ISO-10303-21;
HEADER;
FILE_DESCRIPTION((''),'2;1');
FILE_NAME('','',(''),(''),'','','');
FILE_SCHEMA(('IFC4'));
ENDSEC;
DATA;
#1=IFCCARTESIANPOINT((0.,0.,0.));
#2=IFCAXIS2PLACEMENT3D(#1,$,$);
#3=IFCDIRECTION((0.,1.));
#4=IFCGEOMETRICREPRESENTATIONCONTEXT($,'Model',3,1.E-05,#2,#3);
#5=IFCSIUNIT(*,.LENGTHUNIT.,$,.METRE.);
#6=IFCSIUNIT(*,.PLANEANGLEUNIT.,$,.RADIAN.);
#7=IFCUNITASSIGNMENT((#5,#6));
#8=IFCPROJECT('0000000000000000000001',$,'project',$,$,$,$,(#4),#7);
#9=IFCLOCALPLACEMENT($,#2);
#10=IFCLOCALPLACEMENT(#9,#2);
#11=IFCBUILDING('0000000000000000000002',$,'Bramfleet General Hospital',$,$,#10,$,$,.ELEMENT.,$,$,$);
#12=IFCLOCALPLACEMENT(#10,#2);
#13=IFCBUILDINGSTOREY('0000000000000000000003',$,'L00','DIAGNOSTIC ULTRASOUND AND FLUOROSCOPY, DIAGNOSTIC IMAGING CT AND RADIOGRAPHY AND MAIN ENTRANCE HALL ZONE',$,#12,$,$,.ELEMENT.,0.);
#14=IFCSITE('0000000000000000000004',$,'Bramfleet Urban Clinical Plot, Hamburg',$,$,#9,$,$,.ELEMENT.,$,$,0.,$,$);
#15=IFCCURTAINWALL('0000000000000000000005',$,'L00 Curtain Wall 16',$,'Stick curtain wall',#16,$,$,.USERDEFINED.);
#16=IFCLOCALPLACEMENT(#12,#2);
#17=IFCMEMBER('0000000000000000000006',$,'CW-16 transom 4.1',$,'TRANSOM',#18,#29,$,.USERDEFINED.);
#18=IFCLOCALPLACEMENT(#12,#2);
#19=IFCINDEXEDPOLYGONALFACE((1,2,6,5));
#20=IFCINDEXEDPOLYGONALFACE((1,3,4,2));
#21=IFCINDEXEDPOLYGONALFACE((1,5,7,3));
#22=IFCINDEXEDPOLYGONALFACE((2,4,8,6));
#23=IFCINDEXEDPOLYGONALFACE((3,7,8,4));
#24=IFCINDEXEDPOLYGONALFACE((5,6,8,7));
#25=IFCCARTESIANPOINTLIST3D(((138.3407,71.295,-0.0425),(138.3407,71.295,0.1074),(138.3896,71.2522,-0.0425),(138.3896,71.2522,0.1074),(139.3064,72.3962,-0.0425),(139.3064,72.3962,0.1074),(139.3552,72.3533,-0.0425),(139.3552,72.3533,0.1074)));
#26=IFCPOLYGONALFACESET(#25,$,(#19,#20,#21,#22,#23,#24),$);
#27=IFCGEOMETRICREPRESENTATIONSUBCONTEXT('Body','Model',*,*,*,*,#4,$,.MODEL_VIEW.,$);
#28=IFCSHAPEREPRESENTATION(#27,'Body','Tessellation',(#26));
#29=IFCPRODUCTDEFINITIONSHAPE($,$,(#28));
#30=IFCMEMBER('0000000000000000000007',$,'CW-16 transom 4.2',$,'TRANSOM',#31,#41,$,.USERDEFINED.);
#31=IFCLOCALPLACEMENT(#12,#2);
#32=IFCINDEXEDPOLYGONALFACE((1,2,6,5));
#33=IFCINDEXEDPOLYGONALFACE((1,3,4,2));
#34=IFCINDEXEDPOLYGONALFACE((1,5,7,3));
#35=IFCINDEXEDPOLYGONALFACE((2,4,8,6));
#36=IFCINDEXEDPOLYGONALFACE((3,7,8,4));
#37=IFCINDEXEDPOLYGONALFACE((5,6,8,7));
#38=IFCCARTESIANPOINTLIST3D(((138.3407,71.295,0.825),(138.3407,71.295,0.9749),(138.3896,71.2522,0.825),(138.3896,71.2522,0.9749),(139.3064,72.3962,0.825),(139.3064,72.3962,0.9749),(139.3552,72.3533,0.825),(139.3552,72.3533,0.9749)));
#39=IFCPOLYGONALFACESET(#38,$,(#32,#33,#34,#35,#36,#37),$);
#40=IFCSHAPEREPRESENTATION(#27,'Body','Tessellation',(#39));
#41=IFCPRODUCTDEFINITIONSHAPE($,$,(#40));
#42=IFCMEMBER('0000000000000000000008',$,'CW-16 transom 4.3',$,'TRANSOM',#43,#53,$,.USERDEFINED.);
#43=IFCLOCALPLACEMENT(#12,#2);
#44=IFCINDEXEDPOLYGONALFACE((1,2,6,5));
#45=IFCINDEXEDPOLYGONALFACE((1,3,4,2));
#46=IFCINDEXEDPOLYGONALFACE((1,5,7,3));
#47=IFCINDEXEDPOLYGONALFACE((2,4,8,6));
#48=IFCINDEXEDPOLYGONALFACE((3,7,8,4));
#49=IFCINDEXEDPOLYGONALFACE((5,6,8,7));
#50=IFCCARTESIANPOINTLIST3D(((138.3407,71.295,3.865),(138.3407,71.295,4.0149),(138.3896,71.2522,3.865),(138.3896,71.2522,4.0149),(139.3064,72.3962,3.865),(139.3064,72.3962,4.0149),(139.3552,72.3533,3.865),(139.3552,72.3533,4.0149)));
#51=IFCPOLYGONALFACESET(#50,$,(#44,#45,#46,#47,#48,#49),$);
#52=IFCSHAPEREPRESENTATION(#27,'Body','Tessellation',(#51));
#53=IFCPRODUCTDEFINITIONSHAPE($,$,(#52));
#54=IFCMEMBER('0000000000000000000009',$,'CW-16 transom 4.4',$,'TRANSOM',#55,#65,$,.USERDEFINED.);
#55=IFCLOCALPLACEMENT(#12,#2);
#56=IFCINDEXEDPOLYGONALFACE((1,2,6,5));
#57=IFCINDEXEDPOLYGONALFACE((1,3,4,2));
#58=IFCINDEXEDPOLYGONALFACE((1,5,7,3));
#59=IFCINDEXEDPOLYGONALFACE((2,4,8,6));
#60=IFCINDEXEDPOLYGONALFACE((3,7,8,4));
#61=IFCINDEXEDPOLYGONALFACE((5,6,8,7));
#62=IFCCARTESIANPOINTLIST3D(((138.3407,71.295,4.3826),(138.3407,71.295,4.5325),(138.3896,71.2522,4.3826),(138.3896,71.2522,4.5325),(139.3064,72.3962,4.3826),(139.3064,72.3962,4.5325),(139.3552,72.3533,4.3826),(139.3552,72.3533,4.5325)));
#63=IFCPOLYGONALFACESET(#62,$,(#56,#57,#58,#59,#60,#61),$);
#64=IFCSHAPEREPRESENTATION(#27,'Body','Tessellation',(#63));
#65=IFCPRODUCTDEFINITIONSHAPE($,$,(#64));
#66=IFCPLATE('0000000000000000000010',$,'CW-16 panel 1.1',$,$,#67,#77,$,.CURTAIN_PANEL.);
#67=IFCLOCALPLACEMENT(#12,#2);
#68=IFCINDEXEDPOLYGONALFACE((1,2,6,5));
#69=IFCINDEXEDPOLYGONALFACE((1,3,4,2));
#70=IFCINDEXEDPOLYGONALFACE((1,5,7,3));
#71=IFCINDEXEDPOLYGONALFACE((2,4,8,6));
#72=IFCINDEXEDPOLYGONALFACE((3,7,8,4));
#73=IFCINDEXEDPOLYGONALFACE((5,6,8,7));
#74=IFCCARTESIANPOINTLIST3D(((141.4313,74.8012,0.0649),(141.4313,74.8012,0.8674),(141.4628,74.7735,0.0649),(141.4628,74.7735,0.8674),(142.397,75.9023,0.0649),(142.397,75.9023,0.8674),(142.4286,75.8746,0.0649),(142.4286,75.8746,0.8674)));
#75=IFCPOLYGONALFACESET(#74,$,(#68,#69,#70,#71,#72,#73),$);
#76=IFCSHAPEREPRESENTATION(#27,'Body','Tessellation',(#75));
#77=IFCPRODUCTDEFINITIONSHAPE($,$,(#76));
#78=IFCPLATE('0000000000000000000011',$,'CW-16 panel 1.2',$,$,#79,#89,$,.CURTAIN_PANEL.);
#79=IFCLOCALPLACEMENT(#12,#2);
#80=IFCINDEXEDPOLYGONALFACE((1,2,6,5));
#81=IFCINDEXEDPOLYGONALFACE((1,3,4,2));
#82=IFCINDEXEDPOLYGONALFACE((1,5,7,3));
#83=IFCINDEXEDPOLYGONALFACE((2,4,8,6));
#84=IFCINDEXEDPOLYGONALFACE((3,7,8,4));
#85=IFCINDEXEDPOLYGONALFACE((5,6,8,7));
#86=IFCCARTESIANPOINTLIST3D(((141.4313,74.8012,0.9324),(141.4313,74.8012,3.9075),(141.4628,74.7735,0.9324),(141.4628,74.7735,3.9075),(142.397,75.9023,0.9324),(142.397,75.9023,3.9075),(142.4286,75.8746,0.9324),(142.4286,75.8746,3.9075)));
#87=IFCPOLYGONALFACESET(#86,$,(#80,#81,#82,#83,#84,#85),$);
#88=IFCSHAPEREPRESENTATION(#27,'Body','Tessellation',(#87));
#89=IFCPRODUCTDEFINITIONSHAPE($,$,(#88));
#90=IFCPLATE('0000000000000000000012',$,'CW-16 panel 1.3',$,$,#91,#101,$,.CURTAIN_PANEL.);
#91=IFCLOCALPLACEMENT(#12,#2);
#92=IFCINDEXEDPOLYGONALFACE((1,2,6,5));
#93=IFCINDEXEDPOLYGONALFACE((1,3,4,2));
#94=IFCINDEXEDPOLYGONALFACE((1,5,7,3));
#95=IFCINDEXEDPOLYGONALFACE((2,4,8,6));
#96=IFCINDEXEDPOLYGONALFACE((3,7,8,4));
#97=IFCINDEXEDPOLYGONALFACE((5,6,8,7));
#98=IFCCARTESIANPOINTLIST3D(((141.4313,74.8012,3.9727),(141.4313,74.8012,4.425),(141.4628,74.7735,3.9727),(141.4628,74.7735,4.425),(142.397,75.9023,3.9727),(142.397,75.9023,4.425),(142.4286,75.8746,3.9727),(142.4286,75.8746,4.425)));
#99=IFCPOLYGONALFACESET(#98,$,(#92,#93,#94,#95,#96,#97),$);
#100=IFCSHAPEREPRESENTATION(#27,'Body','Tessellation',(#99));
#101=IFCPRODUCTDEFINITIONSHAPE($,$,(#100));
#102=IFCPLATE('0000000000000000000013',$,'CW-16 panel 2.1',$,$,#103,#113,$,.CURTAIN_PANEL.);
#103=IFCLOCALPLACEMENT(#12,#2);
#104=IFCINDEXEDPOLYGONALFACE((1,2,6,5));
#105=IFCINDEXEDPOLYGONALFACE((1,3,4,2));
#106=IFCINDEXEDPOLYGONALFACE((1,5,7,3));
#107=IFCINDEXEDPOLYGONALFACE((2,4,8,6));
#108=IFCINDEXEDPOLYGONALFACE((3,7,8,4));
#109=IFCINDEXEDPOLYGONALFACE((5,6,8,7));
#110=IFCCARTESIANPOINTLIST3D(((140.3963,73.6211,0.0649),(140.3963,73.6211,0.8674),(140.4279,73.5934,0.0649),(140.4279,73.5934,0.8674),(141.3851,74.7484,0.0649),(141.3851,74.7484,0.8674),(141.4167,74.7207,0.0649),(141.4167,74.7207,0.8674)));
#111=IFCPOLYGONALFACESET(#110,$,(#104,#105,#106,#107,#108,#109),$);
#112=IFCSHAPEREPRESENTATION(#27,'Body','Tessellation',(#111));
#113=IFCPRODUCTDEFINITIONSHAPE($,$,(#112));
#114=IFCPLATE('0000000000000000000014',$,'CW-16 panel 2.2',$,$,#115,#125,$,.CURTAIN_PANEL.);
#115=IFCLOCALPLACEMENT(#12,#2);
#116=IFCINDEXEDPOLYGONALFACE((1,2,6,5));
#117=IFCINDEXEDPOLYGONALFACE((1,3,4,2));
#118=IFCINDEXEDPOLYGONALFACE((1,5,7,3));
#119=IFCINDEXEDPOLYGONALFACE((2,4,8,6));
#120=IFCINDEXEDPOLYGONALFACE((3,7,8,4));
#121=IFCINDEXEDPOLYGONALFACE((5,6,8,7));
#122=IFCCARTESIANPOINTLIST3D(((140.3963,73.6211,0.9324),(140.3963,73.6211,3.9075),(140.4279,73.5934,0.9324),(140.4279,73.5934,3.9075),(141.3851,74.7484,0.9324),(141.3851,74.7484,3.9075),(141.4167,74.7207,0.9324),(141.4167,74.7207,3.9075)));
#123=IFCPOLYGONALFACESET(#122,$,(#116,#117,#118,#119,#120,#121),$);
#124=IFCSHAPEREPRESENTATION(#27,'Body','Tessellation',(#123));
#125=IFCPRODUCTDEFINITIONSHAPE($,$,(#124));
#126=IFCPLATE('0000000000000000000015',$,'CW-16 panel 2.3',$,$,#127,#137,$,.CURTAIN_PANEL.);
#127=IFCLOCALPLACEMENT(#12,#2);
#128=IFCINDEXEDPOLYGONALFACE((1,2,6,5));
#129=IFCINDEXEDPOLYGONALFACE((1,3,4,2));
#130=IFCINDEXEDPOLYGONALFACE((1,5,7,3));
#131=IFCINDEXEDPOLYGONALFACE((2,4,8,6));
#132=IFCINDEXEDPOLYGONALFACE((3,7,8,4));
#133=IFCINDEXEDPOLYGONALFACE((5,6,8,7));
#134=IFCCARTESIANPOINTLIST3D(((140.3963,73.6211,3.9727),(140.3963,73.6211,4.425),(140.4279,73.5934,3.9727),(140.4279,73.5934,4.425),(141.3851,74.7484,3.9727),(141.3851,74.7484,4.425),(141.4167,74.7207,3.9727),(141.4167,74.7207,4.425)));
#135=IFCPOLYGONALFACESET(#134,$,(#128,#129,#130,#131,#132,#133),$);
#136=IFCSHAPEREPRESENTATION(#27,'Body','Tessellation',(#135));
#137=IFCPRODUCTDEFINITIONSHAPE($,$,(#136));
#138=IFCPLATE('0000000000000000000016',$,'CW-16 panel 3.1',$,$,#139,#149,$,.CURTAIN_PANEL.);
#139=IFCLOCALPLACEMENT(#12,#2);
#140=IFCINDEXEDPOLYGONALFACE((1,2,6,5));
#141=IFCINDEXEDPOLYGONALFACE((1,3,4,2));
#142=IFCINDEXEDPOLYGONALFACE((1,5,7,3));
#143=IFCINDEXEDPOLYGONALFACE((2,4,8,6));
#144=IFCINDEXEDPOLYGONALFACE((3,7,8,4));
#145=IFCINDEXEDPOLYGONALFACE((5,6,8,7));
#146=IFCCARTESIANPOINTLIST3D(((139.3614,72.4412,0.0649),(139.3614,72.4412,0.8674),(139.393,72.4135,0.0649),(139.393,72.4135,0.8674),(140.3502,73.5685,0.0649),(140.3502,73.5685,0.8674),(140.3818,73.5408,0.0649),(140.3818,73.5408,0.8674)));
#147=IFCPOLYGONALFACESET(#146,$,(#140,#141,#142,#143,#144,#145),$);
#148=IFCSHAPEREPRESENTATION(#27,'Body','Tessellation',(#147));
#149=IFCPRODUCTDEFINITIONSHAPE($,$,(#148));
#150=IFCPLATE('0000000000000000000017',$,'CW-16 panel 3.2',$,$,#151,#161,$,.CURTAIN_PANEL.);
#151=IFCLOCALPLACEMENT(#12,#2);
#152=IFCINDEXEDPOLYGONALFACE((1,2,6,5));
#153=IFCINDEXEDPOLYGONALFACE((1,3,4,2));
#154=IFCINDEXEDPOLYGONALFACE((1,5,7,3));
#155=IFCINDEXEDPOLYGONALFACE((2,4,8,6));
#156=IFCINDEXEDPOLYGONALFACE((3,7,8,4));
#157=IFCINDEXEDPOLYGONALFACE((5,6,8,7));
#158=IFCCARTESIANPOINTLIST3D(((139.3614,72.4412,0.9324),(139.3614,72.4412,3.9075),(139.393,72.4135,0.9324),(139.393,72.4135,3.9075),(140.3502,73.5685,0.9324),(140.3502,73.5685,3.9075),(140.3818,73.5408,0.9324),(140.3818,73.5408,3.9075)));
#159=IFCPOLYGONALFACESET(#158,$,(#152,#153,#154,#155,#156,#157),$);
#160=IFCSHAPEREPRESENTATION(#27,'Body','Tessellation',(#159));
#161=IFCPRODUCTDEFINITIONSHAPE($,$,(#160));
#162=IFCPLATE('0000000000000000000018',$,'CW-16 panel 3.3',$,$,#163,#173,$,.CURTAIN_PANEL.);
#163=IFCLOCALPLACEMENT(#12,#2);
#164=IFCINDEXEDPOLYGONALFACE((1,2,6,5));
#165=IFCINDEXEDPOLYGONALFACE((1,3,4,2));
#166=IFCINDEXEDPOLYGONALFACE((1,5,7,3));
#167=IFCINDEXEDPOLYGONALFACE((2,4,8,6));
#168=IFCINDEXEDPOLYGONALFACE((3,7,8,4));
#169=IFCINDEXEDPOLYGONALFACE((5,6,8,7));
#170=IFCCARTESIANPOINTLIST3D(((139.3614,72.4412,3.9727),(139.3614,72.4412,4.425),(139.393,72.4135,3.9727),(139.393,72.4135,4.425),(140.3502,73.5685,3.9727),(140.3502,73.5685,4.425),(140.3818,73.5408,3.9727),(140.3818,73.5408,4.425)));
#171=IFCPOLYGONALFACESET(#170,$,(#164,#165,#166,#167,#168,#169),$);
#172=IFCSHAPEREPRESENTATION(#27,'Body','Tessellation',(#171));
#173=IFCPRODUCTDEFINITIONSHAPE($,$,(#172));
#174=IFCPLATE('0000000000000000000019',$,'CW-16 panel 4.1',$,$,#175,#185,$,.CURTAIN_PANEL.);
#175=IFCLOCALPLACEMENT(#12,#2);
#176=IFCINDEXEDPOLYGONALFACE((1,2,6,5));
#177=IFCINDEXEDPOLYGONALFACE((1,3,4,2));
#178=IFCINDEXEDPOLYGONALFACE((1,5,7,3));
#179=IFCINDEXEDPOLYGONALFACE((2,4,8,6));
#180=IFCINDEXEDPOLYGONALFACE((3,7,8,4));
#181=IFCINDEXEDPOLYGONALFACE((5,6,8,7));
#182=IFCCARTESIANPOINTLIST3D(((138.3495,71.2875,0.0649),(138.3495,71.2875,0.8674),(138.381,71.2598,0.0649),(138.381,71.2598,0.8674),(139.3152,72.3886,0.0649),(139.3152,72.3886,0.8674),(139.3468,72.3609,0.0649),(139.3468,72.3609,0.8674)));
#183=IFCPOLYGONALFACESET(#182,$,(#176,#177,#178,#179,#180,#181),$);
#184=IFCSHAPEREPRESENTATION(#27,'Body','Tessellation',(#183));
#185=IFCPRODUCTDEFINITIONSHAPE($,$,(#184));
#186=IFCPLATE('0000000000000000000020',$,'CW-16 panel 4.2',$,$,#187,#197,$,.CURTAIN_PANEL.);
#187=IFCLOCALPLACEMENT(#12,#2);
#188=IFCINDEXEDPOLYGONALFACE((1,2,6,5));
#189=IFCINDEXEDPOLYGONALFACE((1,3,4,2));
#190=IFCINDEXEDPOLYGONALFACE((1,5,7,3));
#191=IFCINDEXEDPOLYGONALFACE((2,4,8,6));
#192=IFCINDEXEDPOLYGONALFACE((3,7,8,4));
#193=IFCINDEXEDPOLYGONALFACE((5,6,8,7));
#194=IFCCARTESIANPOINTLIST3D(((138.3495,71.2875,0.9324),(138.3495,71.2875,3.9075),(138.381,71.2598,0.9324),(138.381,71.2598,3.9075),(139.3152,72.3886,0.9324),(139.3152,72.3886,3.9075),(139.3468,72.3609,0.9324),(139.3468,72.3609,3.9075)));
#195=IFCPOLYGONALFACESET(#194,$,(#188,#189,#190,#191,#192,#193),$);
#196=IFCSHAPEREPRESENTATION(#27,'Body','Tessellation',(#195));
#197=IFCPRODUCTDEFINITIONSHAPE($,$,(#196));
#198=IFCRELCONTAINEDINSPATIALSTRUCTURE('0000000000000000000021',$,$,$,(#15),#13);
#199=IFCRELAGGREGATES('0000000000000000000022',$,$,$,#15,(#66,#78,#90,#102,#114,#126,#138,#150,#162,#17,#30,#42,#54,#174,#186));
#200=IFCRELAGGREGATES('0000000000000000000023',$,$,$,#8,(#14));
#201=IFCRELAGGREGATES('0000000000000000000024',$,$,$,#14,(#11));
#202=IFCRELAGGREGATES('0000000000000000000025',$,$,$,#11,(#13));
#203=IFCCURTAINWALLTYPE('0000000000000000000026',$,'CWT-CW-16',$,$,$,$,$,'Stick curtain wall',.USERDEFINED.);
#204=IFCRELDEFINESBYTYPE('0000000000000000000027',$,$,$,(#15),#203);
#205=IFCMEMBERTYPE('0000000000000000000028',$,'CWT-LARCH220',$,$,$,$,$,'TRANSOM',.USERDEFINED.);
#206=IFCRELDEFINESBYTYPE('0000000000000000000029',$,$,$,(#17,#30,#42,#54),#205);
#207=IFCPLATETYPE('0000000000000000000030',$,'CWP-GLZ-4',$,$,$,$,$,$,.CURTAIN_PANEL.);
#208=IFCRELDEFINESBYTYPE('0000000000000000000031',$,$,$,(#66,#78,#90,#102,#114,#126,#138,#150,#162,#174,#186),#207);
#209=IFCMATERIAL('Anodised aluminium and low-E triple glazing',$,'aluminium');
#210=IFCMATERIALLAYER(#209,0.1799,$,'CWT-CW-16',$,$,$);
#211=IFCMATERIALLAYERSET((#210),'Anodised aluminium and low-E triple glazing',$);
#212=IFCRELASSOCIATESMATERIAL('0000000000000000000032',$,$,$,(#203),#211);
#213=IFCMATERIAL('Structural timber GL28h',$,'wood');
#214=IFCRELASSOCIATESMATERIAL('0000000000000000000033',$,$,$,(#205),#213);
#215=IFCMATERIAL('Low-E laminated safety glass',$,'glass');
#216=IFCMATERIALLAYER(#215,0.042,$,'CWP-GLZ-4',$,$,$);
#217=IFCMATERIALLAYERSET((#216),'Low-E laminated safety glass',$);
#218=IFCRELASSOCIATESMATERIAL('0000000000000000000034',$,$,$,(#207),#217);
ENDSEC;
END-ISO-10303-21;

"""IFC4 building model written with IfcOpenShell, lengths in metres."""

from ifc_helpers import new_model, si_unit, direction, frame, origin, origin_2d, place, context, subcontext, project, spatial, rectangle, extrude, material, layer, layer_set, material_profile, profile_set, type_object, element, aggregate, save


model = new_model("IFC4")

# Units and contexts
model_context = context("Model", 3, precision=1e-05, world=origin(), true_north=direction((0.0, 1.0)))
body_context = subcontext(model_context, "Body", "Model", "MODEL_VIEW")
ifc_project = project(units=[si_unit("LENGTHUNIT", "METRE"), si_unit("PLANEANGLEUNIT", "RADIAN")], contexts=[model_context])

# Site, building, storey
site_placement = place(None, origin())
site = spatial("IfcSite", under=ifc_project, at=site_placement, Name="Bramfleet Urban Clinical Plot, Hamburg", CompositionType="ELEMENT", RefElevation=0.0)
building_placement = place(site_placement, origin())
building = spatial("IfcBuilding", under=site, at=building_placement, Name="Bramfleet General Hospital", CompositionType="ELEMENT")
storey_placement = place(building_placement, origin())
storey = spatial("IfcBuildingStorey", under=building, at=storey_placement, Name="L00", Description="DIAGNOSTIC ULTRASOUND AND FLUOROSCOPY, DIAGNOSTIC IMAGING CT AND RADIOGRAPHY AND MAIN ENTRANCE HALL ZONE", CompositionType="ELEMENT", Elevation=0.0)

# Curtain wall, members, plates
ifc_material_1 = material(Name="Anodised aluminium and low-E triple glazing", Category="aluminium")
ifc_layer_1 = layer(ifc_material_1, 0.1799, Name="CWT-CW-16")
ifc_layer_set_1 = layer_set([ifc_layer_1], Name="Anodised aluminium and low-E triple glazing")
curtain_wall_type = type_object("IfcCurtainWallType", Name="CWT-CW-16", ElementType="Stick curtain wall", PredefinedType="USERDEFINED", material=ifc_layer_set_1)
curtain_wall_placement = place(storey_placement, origin())
curtain_wall = element("IfcCurtainWall", 1, at=curtain_wall_placement, inside=storey, type_object=curtain_wall_type, Name="L00 Curtain Wall 16", ObjectType="Stick curtain wall", PredefinedType="USERDEFINED")
ifc_material_2 = material(Name="Structural timber GL28h", Category="wood")
ifc_material_profile_1 = material_profile(ifc_material_2, rectangle(XDim=0.0649, YDim=0.1499, at=origin_2d()), Name="LARCH 150x65")
ifc_profile_set_1 = profile_set([ifc_material_profile_1], Name="Structural timber GL28h")
member_type_1 = type_object("IfcMemberType", Name="CWT-LARCH220", ElementType="TRANSOM", PredefinedType="USERDEFINED", material=ifc_profile_set_1)
member_1_placement = place(storey_placement, frame((139.3308, 72.3748, 0.0325), z_axis=(-0.65933, -0.751853, 0.0), x_axis=(0.751853, -0.65933, 0.0)))
member_1 = element("IfcMember", 2, at=member_1_placement, type_object=member_type_1, Name="CW-16 transom 4.1", ObjectType="TRANSOM", PredefinedType="USERDEFINED", context=body_context, shape_type="SweptSolid", body=[
    extrude(rectangle(XDim=0.0649, YDim=0.1499, at=origin_2d()), origin(), (0.0, 0.0, 1.0), 1.4646),
])
member_2_placement = place(storey_placement, frame((139.3308, 72.3748, 0.8999), z_axis=(-0.65933, -0.751853, 0.0), x_axis=(0.751853, -0.65933, 0.0)))
member_2 = element("IfcMember", 3, at=member_2_placement, type_object=member_type_1, Name="CW-16 transom 4.2", ObjectType="TRANSOM", PredefinedType="USERDEFINED", context=body_context, shape_type="SweptSolid", body=[
    extrude(rectangle(XDim=0.0649, YDim=0.1499, at=origin_2d()), origin(), (0.0, 0.0, 1.0), 1.4646),
])
member_3_placement = place(storey_placement, frame((139.3308, 72.3748, 3.9399), z_axis=(-0.65933, -0.751853, 0.0), x_axis=(0.751853, -0.65933, 0.0)))
member_3 = element("IfcMember", 4, at=member_3_placement, type_object=member_type_1, Name="CW-16 transom 4.3", ObjectType="TRANSOM", PredefinedType="USERDEFINED", context=body_context, shape_type="SweptSolid", body=[
    extrude(rectangle(XDim=0.0649, YDim=0.1499, at=origin_2d()), origin(), (0.0, 0.0, 1.0), 1.4646),
])
member_4_placement = place(storey_placement, frame((139.3308, 72.3748, 4.4575), z_axis=(-0.65933, -0.751853, 0.0), x_axis=(0.751853, -0.65933, 0.0)))
member_4 = element("IfcMember", 5, at=member_4_placement, type_object=member_type_1, Name="CW-16 transom 4.4", ObjectType="TRANSOM", PredefinedType="USERDEFINED", context=body_context, shape_type="SweptSolid", body=[
    extrude(rectangle(XDim=0.0649, YDim=0.1499, at=origin_2d()), origin(), (0.0, 0.0, 1.0), 1.4646),
])
ifc_material_3 = material(Name="Low-E laminated safety glass", Category="glass")
ifc_layer_2 = layer(ifc_material_3, 0.042, Name="CWP-GLZ-4")
ifc_layer_set_2 = layer_set([ifc_layer_2], Name="Low-E laminated safety glass")
plate_type = type_object("IfcPlateType", Name="CWP-GLZ-4", PredefinedType="CURTAIN_PANEL", material=ifc_layer_set_2)
plate_1_placement = place(storey_placement, frame((141.9299, 75.3379, 0.0649), z_axis=(0.0, 0.0, 1.0), x_axis=(-0.659406, -0.751787, 0.0)))
plate_1 = element("IfcPlate", 6, at=plate_1_placement, type_object=plate_type, Name="CW-16 panel 1.1", PredefinedType="CURTAIN_PANEL", context=body_context, shape_type="SweptSolid", body=[
    extrude(rectangle(XDim=1.4646, YDim=0.042, at=origin_2d()), origin(), (0.0, 0.0, 1.0), 0.8025),
])
plate_2_placement = place(storey_placement, frame((141.9299, 75.3379, 0.9324), z_axis=(0.0, 0.0, 1.0), x_axis=(-0.659406, -0.751787, 0.0)))
plate_2 = element("IfcPlate", 7, at=plate_2_placement, type_object=plate_type, Name="CW-16 panel 1.2", PredefinedType="CURTAIN_PANEL", context=body_context, shape_type="SweptSolid", body=[
    extrude(rectangle(XDim=1.4646, YDim=0.042, at=origin_2d()), origin(), (0.0, 0.0, 1.0), 2.9751),
])
plate_3_placement = place(storey_placement, frame((141.9299, 75.3379, 3.9727), z_axis=(0.0, 0.0, 1.0), x_axis=(-0.659406, -0.751787, 0.0)))
plate_3 = element("IfcPlate", 8, at=plate_3_placement, type_object=plate_type, Name="CW-16 panel 1.3", PredefinedType="CURTAIN_PANEL", context=body_context, shape_type="SweptSolid", body=[
    extrude(rectangle(XDim=1.4646, YDim=0.042, at=origin_2d()), origin(), (0.0, 0.0, 1.0), 0.4524),
])
plate_4_placement = place(storey_placement, frame((140.9065, 74.1709, 0.0649), z_axis=(0.0, 0.0, 1.0), x_axis=(-0.659406, -0.751787, 0.0)))
plate_4 = element("IfcPlate", 9, at=plate_4_placement, type_object=plate_type, Name="CW-16 panel 2.1", PredefinedType="CURTAIN_PANEL", context=body_context, shape_type="SweptSolid", body=[
    extrude(rectangle(XDim=1.4995, YDim=0.042, at=origin_2d()), origin(), (0.0, 0.0, 1.0), 0.8025),
])
plate_5_placement = place(storey_placement, frame((140.9065, 74.1709, 0.9324), z_axis=(0.0, 0.0, 1.0), x_axis=(-0.659406, -0.751787, 0.0)))
plate_5 = element("IfcPlate", 10, at=plate_5_placement, type_object=plate_type, Name="CW-16 panel 2.2", PredefinedType="CURTAIN_PANEL", context=body_context, shape_type="SweptSolid", body=[
    extrude(rectangle(XDim=1.4995, YDim=0.042, at=origin_2d()), origin(), (0.0, 0.0, 1.0), 2.9751),
])
plate_6_placement = place(storey_placement, frame((140.9065, 74.1709, 3.9727), z_axis=(0.0, 0.0, 1.0), x_axis=(-0.659406, -0.751787, 0.0)))
plate_6 = element("IfcPlate", 11, at=plate_6_placement, type_object=plate_type, Name="CW-16 panel 2.3", PredefinedType="CURTAIN_PANEL", context=body_context, shape_type="SweptSolid", body=[
    extrude(rectangle(XDim=1.4995, YDim=0.042, at=origin_2d()), origin(), (0.0, 0.0, 1.0), 0.4524),
])
plate_7_placement = place(storey_placement, frame((139.8716, 72.991, 0.0649), z_axis=(0.0, 0.0, 1.0), x_axis=(-0.659406, -0.751787, 0.0)))
plate_7 = element("IfcPlate", 12, at=plate_7_placement, type_object=plate_type, Name="CW-16 panel 3.1", PredefinedType="CURTAIN_PANEL", context=body_context, shape_type="SweptSolid", body=[
    extrude(rectangle(XDim=1.4995, YDim=0.042, at=origin_2d()), origin(), (0.0, 0.0, 1.0), 0.8025),
])
plate_8_placement = place(storey_placement, frame((139.8716, 72.991, 0.9324), z_axis=(0.0, 0.0, 1.0), x_axis=(-0.659406, -0.751787, 0.0)))
plate_8 = element("IfcPlate", 13, at=plate_8_placement, type_object=plate_type, Name="CW-16 panel 3.2", PredefinedType="CURTAIN_PANEL", context=body_context, shape_type="SweptSolid", body=[
    extrude(rectangle(XDim=1.4995, YDim=0.042, at=origin_2d()), origin(), (0.0, 0.0, 1.0), 2.9751),
])
plate_9_placement = place(storey_placement, frame((139.8716, 72.991, 3.9727), z_axis=(0.0, 0.0, 1.0), x_axis=(-0.659406, -0.751787, 0.0)))
plate_9 = element("IfcPlate", 14, at=plate_9_placement, type_object=plate_type, Name="CW-16 panel 3.3", PredefinedType="CURTAIN_PANEL", context=body_context, shape_type="SweptSolid", body=[
    extrude(rectangle(XDim=1.4995, YDim=0.042, at=origin_2d()), origin(), (0.0, 0.0, 1.0), 0.4524),
])
plate_10_placement = place(storey_placement, frame((138.8481, 71.8242, 0.0649), z_axis=(0.0, 0.0, 1.0), x_axis=(-0.659406, -0.751787, 0.0)))
plate_10 = element("IfcPlate", 15, at=plate_10_placement, type_object=plate_type, Name="CW-16 panel 4.1", PredefinedType="CURTAIN_PANEL", context=body_context, shape_type="SweptSolid", body=[
    extrude(rectangle(XDim=1.4646, YDim=0.042, at=origin_2d()), origin(), (0.0, 0.0, 1.0), 0.8025),
])
plate_11_placement = place(storey_placement, frame((138.8481, 71.8242, 0.9324), z_axis=(0.0, 0.0, 1.0), x_axis=(-0.659406, -0.751787, 0.0)))
plate_11 = element("IfcPlate", 16, at=plate_11_placement, type_object=plate_type, Name="CW-16 panel 4.2", PredefinedType="CURTAIN_PANEL", context=body_context, shape_type="SweptSolid", body=[
    extrude(rectangle(XDim=1.4646, YDim=0.042, at=origin_2d()), origin(), (0.0, 0.0, 1.0), 2.9751),
])
aggregate(curtain_wall, [plate_1, plate_2, plate_3, plate_4, plate_5, plate_6, plate_7, plate_8, plate_9, member_1, member_2, member_3, member_4, plate_10, plate_11])

save(model, "model.ifc")
